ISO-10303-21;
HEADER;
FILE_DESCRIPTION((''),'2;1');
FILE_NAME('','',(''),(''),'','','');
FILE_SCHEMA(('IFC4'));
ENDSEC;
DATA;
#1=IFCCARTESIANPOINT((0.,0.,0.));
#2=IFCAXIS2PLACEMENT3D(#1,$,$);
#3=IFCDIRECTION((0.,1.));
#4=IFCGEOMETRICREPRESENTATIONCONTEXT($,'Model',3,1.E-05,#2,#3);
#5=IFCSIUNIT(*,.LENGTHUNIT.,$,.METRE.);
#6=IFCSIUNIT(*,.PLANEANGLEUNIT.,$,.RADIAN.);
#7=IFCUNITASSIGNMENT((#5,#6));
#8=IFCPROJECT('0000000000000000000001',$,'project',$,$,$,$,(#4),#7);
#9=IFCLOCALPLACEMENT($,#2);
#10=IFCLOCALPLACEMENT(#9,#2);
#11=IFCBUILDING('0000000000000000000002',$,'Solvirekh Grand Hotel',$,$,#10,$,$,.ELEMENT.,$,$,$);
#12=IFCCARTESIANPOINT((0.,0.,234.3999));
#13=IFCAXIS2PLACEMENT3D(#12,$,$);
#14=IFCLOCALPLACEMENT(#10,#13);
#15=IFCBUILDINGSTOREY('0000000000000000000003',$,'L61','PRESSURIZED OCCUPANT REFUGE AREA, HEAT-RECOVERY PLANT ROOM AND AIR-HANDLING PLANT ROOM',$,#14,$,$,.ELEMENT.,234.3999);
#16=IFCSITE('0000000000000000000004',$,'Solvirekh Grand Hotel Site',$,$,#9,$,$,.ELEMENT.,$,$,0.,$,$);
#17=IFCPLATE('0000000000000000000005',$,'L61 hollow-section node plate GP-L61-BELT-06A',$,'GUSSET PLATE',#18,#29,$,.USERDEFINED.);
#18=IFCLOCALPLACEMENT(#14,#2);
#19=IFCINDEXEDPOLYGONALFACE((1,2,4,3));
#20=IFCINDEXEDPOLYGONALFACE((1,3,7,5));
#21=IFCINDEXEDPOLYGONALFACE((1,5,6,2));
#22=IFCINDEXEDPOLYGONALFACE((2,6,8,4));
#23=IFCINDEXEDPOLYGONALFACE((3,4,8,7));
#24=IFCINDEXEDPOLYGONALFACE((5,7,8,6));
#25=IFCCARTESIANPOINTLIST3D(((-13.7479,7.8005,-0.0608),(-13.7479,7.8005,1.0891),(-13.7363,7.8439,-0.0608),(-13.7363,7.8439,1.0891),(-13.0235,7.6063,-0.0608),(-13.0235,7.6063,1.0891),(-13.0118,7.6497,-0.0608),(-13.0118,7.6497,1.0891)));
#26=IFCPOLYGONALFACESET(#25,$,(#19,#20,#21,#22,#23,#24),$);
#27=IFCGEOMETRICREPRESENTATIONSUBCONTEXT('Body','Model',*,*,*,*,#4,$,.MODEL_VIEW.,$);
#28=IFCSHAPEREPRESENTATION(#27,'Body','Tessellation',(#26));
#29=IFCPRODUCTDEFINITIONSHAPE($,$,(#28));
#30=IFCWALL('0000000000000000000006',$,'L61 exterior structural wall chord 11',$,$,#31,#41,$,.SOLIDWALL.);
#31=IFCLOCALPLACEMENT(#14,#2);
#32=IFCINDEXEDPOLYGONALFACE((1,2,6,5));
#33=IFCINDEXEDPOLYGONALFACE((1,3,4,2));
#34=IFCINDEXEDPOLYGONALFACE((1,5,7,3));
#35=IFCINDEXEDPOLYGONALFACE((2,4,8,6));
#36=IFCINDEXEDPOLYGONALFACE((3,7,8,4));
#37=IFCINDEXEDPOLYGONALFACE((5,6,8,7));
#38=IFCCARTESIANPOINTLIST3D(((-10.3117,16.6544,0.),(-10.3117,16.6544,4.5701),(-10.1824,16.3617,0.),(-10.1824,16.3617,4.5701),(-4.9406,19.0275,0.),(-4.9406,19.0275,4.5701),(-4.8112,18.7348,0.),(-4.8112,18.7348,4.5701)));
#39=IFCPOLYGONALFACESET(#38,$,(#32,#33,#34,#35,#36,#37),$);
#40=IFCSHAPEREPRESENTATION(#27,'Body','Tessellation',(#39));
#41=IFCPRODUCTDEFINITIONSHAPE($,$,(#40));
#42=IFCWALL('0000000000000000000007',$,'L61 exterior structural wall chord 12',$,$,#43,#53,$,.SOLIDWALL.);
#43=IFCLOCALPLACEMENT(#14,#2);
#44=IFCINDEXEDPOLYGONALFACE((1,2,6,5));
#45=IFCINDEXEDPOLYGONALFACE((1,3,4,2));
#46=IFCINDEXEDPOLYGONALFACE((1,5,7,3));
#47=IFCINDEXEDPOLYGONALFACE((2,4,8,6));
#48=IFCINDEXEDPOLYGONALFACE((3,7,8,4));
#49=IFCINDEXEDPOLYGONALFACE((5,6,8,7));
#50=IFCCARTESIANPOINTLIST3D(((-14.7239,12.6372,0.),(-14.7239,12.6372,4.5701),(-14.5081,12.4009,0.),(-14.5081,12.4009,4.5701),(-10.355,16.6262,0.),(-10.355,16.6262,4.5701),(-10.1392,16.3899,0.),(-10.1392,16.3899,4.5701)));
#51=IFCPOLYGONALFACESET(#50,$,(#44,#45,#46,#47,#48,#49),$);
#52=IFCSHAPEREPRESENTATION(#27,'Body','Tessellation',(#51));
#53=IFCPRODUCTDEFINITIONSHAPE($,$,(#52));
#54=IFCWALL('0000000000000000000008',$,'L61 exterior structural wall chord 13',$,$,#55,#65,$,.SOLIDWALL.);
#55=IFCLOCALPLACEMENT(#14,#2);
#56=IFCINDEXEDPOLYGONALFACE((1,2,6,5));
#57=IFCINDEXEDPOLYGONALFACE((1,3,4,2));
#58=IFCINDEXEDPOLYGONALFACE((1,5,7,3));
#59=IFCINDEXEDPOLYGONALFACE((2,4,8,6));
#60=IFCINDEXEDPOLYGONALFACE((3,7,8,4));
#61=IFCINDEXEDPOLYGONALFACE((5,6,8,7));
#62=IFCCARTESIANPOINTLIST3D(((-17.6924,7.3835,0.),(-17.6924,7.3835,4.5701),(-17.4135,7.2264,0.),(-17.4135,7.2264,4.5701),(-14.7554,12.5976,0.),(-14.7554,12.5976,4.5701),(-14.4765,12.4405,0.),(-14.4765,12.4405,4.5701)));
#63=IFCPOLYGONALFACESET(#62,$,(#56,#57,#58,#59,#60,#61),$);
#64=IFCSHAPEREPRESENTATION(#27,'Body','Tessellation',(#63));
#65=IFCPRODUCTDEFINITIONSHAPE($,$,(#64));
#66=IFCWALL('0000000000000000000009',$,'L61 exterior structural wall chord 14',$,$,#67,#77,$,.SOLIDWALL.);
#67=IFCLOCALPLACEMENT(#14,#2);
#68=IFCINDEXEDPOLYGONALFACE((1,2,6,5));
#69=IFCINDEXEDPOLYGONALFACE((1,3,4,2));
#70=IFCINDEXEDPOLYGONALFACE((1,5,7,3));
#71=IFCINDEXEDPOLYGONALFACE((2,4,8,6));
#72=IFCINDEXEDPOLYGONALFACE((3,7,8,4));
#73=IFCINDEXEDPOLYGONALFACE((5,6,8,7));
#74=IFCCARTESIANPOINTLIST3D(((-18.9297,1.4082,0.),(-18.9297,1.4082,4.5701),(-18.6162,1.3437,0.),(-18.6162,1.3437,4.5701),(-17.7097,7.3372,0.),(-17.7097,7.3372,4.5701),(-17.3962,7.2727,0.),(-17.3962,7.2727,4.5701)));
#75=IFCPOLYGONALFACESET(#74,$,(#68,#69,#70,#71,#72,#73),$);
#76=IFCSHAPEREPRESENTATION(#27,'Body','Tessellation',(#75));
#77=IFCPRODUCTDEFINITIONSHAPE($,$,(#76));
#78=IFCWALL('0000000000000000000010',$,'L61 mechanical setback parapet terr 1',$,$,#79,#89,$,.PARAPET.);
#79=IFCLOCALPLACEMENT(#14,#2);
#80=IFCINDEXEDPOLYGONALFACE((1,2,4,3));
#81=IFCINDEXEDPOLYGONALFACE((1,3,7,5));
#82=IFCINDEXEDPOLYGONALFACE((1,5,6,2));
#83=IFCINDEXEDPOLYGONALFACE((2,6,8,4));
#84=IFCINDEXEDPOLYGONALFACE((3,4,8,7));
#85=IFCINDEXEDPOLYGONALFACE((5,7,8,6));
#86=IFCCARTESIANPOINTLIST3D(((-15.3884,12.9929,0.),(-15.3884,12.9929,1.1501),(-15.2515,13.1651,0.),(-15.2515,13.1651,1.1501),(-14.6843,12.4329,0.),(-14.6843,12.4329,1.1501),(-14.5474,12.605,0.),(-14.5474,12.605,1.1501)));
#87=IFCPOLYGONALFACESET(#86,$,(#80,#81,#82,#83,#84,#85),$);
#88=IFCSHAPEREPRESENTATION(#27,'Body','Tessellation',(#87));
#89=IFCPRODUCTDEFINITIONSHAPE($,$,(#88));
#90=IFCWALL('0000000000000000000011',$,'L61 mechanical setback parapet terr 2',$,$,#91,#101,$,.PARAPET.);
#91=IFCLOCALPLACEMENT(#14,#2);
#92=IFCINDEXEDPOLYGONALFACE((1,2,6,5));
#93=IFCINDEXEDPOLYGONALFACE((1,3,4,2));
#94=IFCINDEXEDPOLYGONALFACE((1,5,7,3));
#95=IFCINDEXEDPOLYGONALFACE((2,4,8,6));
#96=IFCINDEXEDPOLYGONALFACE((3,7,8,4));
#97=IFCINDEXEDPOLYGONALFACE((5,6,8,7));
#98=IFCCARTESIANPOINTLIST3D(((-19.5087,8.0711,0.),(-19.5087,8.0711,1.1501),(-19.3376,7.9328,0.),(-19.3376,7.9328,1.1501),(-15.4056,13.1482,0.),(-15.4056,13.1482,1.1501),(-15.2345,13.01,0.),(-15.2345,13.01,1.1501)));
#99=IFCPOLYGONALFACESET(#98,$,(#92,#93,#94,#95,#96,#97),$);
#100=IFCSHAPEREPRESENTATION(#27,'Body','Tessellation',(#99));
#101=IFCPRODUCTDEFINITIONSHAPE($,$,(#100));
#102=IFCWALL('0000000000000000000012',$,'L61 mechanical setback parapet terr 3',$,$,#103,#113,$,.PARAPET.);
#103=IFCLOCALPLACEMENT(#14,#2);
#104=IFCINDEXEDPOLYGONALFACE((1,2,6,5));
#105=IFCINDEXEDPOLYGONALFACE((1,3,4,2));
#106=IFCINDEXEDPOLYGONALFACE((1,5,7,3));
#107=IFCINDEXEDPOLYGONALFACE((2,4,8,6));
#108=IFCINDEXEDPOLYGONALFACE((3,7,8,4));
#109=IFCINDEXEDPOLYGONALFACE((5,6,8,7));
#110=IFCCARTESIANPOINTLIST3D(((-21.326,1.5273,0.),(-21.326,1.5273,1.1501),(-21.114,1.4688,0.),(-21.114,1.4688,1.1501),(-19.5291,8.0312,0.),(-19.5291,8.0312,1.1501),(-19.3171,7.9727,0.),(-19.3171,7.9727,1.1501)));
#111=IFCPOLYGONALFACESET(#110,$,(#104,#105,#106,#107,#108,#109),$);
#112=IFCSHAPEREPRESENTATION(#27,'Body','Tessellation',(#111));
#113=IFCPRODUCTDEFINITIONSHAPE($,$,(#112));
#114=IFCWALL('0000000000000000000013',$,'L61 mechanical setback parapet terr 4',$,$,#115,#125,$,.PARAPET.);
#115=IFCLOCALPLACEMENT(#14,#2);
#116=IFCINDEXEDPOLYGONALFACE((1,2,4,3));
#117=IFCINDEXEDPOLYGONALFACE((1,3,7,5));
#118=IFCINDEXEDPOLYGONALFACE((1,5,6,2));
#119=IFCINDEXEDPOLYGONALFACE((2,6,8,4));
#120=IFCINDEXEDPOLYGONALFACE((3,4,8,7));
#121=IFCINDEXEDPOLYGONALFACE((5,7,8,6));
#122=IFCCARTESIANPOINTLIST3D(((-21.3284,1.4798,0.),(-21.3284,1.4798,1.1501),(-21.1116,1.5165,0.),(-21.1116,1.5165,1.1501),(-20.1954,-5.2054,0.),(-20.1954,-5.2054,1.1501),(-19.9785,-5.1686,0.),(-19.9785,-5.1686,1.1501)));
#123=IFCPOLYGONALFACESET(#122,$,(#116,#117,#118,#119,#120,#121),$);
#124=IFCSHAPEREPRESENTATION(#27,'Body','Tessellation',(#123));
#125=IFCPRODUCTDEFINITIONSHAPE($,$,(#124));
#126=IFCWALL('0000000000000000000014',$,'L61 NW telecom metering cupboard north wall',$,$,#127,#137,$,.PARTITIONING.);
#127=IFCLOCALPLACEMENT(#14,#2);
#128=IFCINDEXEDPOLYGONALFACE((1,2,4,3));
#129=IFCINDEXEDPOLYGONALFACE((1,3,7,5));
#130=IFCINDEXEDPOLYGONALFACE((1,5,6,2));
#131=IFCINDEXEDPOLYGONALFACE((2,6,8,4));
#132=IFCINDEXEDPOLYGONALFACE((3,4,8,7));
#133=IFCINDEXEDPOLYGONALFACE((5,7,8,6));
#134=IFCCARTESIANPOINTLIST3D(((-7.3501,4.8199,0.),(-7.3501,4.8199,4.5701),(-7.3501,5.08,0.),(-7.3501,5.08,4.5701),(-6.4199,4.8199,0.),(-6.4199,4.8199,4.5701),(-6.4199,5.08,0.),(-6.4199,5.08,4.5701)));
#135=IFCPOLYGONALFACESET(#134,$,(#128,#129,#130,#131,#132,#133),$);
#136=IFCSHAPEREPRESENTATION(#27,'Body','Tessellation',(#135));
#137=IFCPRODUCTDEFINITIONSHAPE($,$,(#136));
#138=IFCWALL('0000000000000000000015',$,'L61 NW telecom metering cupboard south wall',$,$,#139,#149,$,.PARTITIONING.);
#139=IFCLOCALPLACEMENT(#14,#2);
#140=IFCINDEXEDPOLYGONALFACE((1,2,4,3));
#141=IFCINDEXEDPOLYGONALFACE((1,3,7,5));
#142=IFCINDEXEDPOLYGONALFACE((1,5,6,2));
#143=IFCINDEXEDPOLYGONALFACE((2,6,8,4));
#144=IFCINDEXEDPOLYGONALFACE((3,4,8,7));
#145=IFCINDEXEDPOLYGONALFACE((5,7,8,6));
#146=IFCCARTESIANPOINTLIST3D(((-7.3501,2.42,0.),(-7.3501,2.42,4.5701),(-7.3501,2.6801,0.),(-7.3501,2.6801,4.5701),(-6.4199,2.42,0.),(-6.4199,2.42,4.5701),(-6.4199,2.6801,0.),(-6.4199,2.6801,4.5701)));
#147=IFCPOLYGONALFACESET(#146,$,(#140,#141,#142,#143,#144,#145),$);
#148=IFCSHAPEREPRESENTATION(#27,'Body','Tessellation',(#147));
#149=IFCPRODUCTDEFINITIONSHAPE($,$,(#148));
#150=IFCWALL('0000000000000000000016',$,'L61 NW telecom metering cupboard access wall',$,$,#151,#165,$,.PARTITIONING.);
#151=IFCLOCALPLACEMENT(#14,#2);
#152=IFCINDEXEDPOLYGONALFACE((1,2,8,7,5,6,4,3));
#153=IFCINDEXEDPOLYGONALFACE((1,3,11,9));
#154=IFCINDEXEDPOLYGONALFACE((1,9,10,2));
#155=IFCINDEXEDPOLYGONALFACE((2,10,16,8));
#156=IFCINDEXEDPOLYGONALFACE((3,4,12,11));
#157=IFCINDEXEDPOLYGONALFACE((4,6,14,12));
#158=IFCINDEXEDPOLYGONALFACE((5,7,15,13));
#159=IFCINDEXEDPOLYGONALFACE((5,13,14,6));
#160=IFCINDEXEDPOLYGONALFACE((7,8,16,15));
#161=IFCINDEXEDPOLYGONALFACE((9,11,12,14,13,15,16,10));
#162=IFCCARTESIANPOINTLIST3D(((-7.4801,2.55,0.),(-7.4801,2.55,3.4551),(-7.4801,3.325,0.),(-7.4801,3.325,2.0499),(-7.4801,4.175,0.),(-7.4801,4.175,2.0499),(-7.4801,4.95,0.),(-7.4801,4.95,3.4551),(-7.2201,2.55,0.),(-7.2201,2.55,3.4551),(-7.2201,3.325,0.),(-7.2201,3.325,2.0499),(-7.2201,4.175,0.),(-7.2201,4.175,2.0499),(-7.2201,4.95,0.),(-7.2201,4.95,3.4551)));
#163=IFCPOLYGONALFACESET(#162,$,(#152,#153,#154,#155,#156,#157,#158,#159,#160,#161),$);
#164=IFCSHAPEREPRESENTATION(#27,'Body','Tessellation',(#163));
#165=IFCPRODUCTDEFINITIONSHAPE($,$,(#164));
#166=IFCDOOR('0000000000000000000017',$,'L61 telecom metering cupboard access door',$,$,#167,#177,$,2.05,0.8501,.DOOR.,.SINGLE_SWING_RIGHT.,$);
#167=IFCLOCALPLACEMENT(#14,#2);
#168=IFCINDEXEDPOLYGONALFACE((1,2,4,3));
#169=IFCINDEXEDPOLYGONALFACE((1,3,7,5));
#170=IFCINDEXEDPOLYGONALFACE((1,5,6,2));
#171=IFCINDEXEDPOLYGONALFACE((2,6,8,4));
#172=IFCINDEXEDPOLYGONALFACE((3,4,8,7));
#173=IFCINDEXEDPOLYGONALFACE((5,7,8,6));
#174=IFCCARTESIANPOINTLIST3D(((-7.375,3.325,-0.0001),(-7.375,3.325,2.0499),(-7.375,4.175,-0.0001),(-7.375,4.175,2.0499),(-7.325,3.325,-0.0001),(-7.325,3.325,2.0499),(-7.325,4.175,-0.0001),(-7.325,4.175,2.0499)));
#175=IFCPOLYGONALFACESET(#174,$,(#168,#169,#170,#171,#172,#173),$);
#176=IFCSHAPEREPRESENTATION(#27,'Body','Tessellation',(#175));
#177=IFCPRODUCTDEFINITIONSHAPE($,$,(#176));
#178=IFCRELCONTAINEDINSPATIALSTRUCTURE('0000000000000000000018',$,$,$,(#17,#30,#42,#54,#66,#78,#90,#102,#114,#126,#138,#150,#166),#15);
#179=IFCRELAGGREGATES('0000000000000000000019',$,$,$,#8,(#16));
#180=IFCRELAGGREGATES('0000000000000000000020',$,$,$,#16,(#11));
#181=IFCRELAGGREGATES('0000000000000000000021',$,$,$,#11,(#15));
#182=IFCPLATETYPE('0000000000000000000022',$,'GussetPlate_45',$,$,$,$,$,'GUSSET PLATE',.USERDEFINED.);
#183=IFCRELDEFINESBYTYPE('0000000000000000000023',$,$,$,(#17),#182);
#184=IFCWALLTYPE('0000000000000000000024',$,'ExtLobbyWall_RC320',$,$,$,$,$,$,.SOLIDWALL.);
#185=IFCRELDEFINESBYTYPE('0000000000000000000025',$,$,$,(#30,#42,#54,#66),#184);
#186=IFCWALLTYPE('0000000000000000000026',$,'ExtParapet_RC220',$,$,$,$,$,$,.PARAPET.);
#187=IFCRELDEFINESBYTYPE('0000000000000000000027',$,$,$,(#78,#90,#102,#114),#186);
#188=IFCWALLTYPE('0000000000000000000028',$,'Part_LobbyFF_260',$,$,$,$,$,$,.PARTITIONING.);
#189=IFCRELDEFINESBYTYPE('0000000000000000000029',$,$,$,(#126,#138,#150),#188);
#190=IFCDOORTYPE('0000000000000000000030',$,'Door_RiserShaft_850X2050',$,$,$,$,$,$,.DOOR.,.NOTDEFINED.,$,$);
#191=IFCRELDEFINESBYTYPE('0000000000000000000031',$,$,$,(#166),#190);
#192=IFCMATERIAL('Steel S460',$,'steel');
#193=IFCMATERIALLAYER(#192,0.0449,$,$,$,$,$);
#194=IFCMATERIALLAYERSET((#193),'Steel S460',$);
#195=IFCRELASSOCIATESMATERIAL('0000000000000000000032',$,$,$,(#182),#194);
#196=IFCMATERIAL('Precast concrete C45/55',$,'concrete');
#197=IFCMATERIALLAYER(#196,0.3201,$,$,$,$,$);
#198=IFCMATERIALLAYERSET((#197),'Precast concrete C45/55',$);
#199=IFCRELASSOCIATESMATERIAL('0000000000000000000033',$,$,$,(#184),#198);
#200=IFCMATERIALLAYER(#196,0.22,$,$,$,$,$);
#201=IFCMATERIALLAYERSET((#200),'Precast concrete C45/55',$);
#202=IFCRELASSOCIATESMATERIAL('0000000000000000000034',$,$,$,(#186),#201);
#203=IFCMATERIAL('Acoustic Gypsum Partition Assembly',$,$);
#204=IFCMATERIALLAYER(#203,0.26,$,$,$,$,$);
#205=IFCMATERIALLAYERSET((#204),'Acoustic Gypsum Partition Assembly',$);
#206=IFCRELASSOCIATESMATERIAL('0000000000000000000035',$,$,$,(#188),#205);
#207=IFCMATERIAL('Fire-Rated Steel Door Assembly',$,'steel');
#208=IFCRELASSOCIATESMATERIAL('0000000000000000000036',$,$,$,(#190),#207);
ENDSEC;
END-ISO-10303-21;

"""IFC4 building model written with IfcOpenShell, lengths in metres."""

from ifc_helpers import new_model, si_unit, direction, frame, frame_2d, origin, origin_2d, place, context, subcontext, project, spatial, rectangle, extrude, material, layer, layer_set, type_object, element, fill, save


model = new_model("IFC4")

# Units and contexts
model_context = context("Model", 3, precision=1e-05, world=origin(), true_north=direction((0.0, 1.0)))
body_context = subcontext(model_context, "Body", "Model", "MODEL_VIEW")
ifc_project = project(units=[si_unit("LENGTHUNIT", "METRE"), si_unit("PLANEANGLEUNIT", "RADIAN")], contexts=[model_context])

# Site, building, storey
site_placement = place(None, origin())
site = spatial("IfcSite", under=ifc_project, at=site_placement, Name="Solvirekh Grand Hotel Site", CompositionType="ELEMENT", RefElevation=0.0)
building_placement = place(site_placement, origin())
building = spatial("IfcBuilding", under=site, at=building_placement, Name="Solvirekh Grand Hotel", CompositionType="ELEMENT")
storey_placement = place(building_placement, frame((0.0, 0.0, 234.3999)))
storey = spatial("IfcBuildingStorey", under=building, at=storey_placement, Name="L61", Description="PRESSURIZED OCCUPANT REFUGE AREA, HEAT-RECOVERY PLANT ROOM AND AIR-HANDLING PLANT ROOM", CompositionType="ELEMENT", Elevation=234.3999)

# Plate
ifc_material_1 = material(Name="Steel S460", Category="steel")
ifc_layer_1 = layer(ifc_material_1, 0.0449)
ifc_layer_set_1 = layer_set([ifc_layer_1], Name="Steel S460")
plate_type = type_object("IfcPlateType", Name="GussetPlate_45", ElementType="GUSSET PLATE", PredefinedType="USERDEFINED", material=ifc_layer_set_1)
for number, where, z_axis, x_axis, name in (
    (1, (-13.3799, 7.7251, -0.0608), (0.0, 0.0, 1.0), (-0.258819, -0.965926, 0.0), "L61 hollow-section node plate GP-L61-BELT-06A"),
):
    element("IfcPlate", number, at=place(storey_placement, frame(where, z_axis=z_axis, x_axis=x_axis)), inside=storey, type_object=plate_type, Name=name, ObjectType="GUSSET PLATE", PredefinedType="USERDEFINED", context=body_context, shape_type="SweptSolid", body=[
        extrude(rectangle(XDim=0.0449, YDim=0.75, at=origin_2d()), origin(), (0.0, 0.0, 1.0), 1.1499),
    ])

# Walls
ifc_material_2 = material(Name="Precast concrete C45/55", Category="concrete")
ifc_layer_2 = layer(ifc_material_2, 0.3201)
ifc_layer_set_2 = layer_set([ifc_layer_2], Name="Precast concrete C45/55")
wall_type_1 = type_object("IfcWallType", Name="ExtLobbyWall_RC320", PredefinedType="SOLIDWALL", material=ifc_layer_set_2)
wall_1_placement = place(storey_placement, frame((-10.2471, 16.5081, 0.0), z_axis=(0.0, 0.0, 1.0), x_axis=(0.914701, 0.404131, 0.0)))
element("IfcWall", 2, at=wall_1_placement, inside=storey, type_object=wall_type_1, Name="L61 exterior structural wall chord 11", PredefinedType="SOLIDWALL", context=body_context, shape_type="SweptSolid", body=[
    extrude(rectangle(XDim=5.8721, YDim=0.3201, at=frame_2d((2.936, 0.0))), origin(), (0.0, 0.0, 1.0), 4.5701),
])
wall_2_placement = place(storey_placement, frame((-14.616, 12.519, 0.0), z_axis=(0.0, 0.0, 1.0), x_axis=(0.738484, 0.674271, 0.0)))
element("IfcWall", 3, at=wall_2_placement, inside=storey, type_object=wall_type_1, Name="L61 exterior structural wall chord 12", PredefinedType="SOLIDWALL", context=body_context, shape_type="SweptSolid", body=[
    extrude(rectangle(XDim=5.916, YDim=0.3201, at=frame_2d((2.958, 0.0))), origin(), (0.0, 0.0, 1.0), 4.5701),
])
wall_3_placement = place(storey_placement, frame((-17.553, 7.3049, 0.0), z_axis=(0.0, 0.0, 1.0), x_axis=(0.490778, 0.871284, 0.0)))
element("IfcWall", 4, at=wall_3_placement, inside=storey, type_object=wall_type_1, Name="L61 exterior structural wall chord 13", PredefinedType="SOLIDWALL", context=body_context, shape_type="SweptSolid", body=[
    extrude(rectangle(XDim=5.9844, YDim=0.3201, at=frame_2d((2.9922, 0.0))), origin(), (0.0, 0.0, 1.0), 4.5701),
])
wall_4_placement = place(storey_placement, frame((-18.7729, 1.376, 0.0), z_axis=(0.0, 0.0, 1.0), x_axis=(0.201543, 0.97948, 0.0)))
element("IfcWall", 5, at=wall_4_placement, inside=storey, type_object=wall_type_1, Name="L61 exterior structural wall chord 14", PredefinedType="SOLIDWALL", context=body_context, shape_type="SweptSolid", body=[
    extrude(rectangle(XDim=6.0532, YDim=0.3201, at=frame_2d((3.0266, 0.0))), origin(), (0.0, 0.0, 1.0), 4.5701),
])
ifc_layer_3 = layer(ifc_material_2, 0.22)
ifc_layer_set_3 = layer_set([ifc_layer_3], Name="Precast concrete C45/55")
wall_type_2 = type_object("IfcWallType", Name="ExtParapet_RC220", PredefinedType="PARAPET", material=ifc_layer_set_3)
wall_5_placement = place(storey_placement, frame((-14.616, 12.519, 0.0), z_axis=(0.0, 0.0, 1.0), x_axis=(-0.782613, 0.622508, 0.0)))
element("IfcWall", 6, at=wall_5_placement, inside=storey, type_object=wall_type_2, Name="L61 mechanical setback parapet terr 1", PredefinedType="PARAPET", context=body_context, shape_type="SweptSolid", body=[
    extrude(rectangle(XDim=0.8997, YDim=0.22, at=frame_2d((0.4497, 0.0))), origin(), (0.0, 0.0, 1.0), 1.1501),
])
wall_6_placement = place(storey_placement, frame((-15.3201, 13.0791, 0.0), z_axis=(0.0, 0.0, 1.0), x_axis=(-0.628546, -0.777772, 0.0)))
element("IfcWall", 7, at=wall_6_placement, inside=storey, type_object=wall_type_2, Name="L61 mechanical setback parapet terr 2", PredefinedType="PARAPET", context=body_context, shape_type="SweptSolid", body=[
    extrude(rectangle(XDim=6.5278, YDim=0.22, at=frame_2d((3.2639, 0.0))), origin(), (0.0, 0.0, 1.0), 1.1501),
])
wall_7_placement = place(storey_placement, frame((-19.4231, 8.002, 0.0), z_axis=(0.0, 0.0, 1.0), x_axis=(-0.2663, -0.96389, 0.0)))
element("IfcWall", 8, at=wall_7_placement, inside=storey, type_object=wall_type_2, Name="L61 mechanical setback parapet terr 3", PredefinedType="PARAPET", context=body_context, shape_type="SweptSolid", body=[
    extrude(rectangle(XDim=6.7476, YDim=0.22, at=frame_2d((3.3738, 0.0))), origin(), (0.0, 0.0, 1.0), 1.1501),
])
wall_8_placement = place(storey_placement, frame((-21.22, 1.498, 0.0), z_axis=(0.0, 0.0, 1.0), x_axis=(0.167108, -0.985939, 0.0)))
element("IfcWall", 9, at=wall_8_placement, inside=storey, type_object=wall_type_2, Name="L61 mechanical setback parapet terr 4", PredefinedType="PARAPET", context=body_context, shape_type="SweptSolid", body=[
    extrude(rectangle(XDim=6.7805, YDim=0.22, at=frame_2d((3.3901, 0.0))), origin(), (0.0, 0.0, 1.0), 1.1501),
])
ifc_material_3 = material(Name="Acoustic Gypsum Partition Assembly")
ifc_layer_4 = layer(ifc_material_3, 0.26)
ifc_layer_set_4 = layer_set([ifc_layer_4], Name="Acoustic Gypsum Partition Assembly")
wall_type_3 = type_object("IfcWallType", Name="Part_LobbyFF_260", PredefinedType="PARTITIONING", material=ifc_layer_set_4)
for number, where, z_axis, x_axis, name in (
    (10, (-7.3501, 4.95, 0.0), (0.0, 0.0, 1.0), (1.0, 0.0, 0.0), "L61 NW telecom metering cupboard north wall"),
    (11, (-7.3501, 2.55, 0.0), (0.0, 0.0, 1.0), (1.0, 0.0, 0.0), "L61 NW telecom metering cupboard south wall"),
):
    element("IfcWall", number, at=place(storey_placement, frame(where, z_axis=z_axis, x_axis=x_axis)), inside=storey, type_object=wall_type_3, Name=name, PredefinedType="PARTITIONING", context=body_context, shape_type="SweptSolid", body=[
        extrude(rectangle(XDim=0.9302, YDim=0.26, at=frame_2d((0.4651, 0.0))), origin(), (0.0, 0.0, 1.0), 4.5701),
    ])

# Wall, opening, door
wall_9_placement = place(storey_placement, frame((-7.3501, 2.55, 0.0), z_axis=(0.0, 0.0, 1.0), x_axis=(0.0, 1.0, 0.0)))
wall_9 = element("IfcWall", 12, at=wall_9_placement, inside=storey, type_object=wall_type_3, Name="L61 NW telecom metering cupboard access wall", PredefinedType="PARTITIONING", context=body_context, shape_type="SweptSolid", body=[
    extrude(rectangle(XDim=2.3999, YDim=0.26, at=frame_2d((1.2, 0.0))), origin(), (0.0, 0.0, 1.0), 3.4551),
])
opening_1_placement = place(wall_9_placement, frame((0.7749, 0.0, 0.0)))
opening_1 = element("IfcOpeningElement", 13, at=opening_1_placement, cuts=wall_9, PredefinedType="OPENING", context=body_context, shape_type="SweptSolid", body=[
    extrude(rectangle(XDim=0.8501, YDim=2.05, at=frame_2d((0.425, 1.0249))), frame((0.0, 0.1401, 0.0), z_axis=(0.0, -1.0, 0.0), x_axis=(1.0, 0.0, 0.0)), (0.0, 0.0, 1.0), 0.28),
])
ifc_material_4 = material(Name="Fire-Rated Steel Door Assembly", Category="steel")
door_type_1 = type_object("IfcDoorType", Name="Door_RiserShaft_850X2050", OperationType="NOTDEFINED", PredefinedType="DOOR", material=ifc_material_4)
door_1_placement = place(opening_1_placement, origin())
door_1 = element("IfcDoor", 14, at=door_1_placement, inside=storey, type_object=door_type_1, Name="L61 telecom metering cupboard access door", OperationType="SINGLE_SWING_RIGHT", OverallHeight=2.05, OverallWidth=0.8501, PredefinedType="DOOR", context=body_context, shape_type="SweptSolid", body=[
    extrude(rectangle(XDim=0.8501, YDim=2.05, at=frame_2d((0.425, 1.0249))), frame((0.0, 0.0249, 0.0), z_axis=(0.0, -1.0, 0.0), x_axis=(1.0, 0.0, 0.0)), (0.0, 0.0, 1.0), 0.05),
])
fill(opening_1, door_1)

save(model, "model.ifc")
